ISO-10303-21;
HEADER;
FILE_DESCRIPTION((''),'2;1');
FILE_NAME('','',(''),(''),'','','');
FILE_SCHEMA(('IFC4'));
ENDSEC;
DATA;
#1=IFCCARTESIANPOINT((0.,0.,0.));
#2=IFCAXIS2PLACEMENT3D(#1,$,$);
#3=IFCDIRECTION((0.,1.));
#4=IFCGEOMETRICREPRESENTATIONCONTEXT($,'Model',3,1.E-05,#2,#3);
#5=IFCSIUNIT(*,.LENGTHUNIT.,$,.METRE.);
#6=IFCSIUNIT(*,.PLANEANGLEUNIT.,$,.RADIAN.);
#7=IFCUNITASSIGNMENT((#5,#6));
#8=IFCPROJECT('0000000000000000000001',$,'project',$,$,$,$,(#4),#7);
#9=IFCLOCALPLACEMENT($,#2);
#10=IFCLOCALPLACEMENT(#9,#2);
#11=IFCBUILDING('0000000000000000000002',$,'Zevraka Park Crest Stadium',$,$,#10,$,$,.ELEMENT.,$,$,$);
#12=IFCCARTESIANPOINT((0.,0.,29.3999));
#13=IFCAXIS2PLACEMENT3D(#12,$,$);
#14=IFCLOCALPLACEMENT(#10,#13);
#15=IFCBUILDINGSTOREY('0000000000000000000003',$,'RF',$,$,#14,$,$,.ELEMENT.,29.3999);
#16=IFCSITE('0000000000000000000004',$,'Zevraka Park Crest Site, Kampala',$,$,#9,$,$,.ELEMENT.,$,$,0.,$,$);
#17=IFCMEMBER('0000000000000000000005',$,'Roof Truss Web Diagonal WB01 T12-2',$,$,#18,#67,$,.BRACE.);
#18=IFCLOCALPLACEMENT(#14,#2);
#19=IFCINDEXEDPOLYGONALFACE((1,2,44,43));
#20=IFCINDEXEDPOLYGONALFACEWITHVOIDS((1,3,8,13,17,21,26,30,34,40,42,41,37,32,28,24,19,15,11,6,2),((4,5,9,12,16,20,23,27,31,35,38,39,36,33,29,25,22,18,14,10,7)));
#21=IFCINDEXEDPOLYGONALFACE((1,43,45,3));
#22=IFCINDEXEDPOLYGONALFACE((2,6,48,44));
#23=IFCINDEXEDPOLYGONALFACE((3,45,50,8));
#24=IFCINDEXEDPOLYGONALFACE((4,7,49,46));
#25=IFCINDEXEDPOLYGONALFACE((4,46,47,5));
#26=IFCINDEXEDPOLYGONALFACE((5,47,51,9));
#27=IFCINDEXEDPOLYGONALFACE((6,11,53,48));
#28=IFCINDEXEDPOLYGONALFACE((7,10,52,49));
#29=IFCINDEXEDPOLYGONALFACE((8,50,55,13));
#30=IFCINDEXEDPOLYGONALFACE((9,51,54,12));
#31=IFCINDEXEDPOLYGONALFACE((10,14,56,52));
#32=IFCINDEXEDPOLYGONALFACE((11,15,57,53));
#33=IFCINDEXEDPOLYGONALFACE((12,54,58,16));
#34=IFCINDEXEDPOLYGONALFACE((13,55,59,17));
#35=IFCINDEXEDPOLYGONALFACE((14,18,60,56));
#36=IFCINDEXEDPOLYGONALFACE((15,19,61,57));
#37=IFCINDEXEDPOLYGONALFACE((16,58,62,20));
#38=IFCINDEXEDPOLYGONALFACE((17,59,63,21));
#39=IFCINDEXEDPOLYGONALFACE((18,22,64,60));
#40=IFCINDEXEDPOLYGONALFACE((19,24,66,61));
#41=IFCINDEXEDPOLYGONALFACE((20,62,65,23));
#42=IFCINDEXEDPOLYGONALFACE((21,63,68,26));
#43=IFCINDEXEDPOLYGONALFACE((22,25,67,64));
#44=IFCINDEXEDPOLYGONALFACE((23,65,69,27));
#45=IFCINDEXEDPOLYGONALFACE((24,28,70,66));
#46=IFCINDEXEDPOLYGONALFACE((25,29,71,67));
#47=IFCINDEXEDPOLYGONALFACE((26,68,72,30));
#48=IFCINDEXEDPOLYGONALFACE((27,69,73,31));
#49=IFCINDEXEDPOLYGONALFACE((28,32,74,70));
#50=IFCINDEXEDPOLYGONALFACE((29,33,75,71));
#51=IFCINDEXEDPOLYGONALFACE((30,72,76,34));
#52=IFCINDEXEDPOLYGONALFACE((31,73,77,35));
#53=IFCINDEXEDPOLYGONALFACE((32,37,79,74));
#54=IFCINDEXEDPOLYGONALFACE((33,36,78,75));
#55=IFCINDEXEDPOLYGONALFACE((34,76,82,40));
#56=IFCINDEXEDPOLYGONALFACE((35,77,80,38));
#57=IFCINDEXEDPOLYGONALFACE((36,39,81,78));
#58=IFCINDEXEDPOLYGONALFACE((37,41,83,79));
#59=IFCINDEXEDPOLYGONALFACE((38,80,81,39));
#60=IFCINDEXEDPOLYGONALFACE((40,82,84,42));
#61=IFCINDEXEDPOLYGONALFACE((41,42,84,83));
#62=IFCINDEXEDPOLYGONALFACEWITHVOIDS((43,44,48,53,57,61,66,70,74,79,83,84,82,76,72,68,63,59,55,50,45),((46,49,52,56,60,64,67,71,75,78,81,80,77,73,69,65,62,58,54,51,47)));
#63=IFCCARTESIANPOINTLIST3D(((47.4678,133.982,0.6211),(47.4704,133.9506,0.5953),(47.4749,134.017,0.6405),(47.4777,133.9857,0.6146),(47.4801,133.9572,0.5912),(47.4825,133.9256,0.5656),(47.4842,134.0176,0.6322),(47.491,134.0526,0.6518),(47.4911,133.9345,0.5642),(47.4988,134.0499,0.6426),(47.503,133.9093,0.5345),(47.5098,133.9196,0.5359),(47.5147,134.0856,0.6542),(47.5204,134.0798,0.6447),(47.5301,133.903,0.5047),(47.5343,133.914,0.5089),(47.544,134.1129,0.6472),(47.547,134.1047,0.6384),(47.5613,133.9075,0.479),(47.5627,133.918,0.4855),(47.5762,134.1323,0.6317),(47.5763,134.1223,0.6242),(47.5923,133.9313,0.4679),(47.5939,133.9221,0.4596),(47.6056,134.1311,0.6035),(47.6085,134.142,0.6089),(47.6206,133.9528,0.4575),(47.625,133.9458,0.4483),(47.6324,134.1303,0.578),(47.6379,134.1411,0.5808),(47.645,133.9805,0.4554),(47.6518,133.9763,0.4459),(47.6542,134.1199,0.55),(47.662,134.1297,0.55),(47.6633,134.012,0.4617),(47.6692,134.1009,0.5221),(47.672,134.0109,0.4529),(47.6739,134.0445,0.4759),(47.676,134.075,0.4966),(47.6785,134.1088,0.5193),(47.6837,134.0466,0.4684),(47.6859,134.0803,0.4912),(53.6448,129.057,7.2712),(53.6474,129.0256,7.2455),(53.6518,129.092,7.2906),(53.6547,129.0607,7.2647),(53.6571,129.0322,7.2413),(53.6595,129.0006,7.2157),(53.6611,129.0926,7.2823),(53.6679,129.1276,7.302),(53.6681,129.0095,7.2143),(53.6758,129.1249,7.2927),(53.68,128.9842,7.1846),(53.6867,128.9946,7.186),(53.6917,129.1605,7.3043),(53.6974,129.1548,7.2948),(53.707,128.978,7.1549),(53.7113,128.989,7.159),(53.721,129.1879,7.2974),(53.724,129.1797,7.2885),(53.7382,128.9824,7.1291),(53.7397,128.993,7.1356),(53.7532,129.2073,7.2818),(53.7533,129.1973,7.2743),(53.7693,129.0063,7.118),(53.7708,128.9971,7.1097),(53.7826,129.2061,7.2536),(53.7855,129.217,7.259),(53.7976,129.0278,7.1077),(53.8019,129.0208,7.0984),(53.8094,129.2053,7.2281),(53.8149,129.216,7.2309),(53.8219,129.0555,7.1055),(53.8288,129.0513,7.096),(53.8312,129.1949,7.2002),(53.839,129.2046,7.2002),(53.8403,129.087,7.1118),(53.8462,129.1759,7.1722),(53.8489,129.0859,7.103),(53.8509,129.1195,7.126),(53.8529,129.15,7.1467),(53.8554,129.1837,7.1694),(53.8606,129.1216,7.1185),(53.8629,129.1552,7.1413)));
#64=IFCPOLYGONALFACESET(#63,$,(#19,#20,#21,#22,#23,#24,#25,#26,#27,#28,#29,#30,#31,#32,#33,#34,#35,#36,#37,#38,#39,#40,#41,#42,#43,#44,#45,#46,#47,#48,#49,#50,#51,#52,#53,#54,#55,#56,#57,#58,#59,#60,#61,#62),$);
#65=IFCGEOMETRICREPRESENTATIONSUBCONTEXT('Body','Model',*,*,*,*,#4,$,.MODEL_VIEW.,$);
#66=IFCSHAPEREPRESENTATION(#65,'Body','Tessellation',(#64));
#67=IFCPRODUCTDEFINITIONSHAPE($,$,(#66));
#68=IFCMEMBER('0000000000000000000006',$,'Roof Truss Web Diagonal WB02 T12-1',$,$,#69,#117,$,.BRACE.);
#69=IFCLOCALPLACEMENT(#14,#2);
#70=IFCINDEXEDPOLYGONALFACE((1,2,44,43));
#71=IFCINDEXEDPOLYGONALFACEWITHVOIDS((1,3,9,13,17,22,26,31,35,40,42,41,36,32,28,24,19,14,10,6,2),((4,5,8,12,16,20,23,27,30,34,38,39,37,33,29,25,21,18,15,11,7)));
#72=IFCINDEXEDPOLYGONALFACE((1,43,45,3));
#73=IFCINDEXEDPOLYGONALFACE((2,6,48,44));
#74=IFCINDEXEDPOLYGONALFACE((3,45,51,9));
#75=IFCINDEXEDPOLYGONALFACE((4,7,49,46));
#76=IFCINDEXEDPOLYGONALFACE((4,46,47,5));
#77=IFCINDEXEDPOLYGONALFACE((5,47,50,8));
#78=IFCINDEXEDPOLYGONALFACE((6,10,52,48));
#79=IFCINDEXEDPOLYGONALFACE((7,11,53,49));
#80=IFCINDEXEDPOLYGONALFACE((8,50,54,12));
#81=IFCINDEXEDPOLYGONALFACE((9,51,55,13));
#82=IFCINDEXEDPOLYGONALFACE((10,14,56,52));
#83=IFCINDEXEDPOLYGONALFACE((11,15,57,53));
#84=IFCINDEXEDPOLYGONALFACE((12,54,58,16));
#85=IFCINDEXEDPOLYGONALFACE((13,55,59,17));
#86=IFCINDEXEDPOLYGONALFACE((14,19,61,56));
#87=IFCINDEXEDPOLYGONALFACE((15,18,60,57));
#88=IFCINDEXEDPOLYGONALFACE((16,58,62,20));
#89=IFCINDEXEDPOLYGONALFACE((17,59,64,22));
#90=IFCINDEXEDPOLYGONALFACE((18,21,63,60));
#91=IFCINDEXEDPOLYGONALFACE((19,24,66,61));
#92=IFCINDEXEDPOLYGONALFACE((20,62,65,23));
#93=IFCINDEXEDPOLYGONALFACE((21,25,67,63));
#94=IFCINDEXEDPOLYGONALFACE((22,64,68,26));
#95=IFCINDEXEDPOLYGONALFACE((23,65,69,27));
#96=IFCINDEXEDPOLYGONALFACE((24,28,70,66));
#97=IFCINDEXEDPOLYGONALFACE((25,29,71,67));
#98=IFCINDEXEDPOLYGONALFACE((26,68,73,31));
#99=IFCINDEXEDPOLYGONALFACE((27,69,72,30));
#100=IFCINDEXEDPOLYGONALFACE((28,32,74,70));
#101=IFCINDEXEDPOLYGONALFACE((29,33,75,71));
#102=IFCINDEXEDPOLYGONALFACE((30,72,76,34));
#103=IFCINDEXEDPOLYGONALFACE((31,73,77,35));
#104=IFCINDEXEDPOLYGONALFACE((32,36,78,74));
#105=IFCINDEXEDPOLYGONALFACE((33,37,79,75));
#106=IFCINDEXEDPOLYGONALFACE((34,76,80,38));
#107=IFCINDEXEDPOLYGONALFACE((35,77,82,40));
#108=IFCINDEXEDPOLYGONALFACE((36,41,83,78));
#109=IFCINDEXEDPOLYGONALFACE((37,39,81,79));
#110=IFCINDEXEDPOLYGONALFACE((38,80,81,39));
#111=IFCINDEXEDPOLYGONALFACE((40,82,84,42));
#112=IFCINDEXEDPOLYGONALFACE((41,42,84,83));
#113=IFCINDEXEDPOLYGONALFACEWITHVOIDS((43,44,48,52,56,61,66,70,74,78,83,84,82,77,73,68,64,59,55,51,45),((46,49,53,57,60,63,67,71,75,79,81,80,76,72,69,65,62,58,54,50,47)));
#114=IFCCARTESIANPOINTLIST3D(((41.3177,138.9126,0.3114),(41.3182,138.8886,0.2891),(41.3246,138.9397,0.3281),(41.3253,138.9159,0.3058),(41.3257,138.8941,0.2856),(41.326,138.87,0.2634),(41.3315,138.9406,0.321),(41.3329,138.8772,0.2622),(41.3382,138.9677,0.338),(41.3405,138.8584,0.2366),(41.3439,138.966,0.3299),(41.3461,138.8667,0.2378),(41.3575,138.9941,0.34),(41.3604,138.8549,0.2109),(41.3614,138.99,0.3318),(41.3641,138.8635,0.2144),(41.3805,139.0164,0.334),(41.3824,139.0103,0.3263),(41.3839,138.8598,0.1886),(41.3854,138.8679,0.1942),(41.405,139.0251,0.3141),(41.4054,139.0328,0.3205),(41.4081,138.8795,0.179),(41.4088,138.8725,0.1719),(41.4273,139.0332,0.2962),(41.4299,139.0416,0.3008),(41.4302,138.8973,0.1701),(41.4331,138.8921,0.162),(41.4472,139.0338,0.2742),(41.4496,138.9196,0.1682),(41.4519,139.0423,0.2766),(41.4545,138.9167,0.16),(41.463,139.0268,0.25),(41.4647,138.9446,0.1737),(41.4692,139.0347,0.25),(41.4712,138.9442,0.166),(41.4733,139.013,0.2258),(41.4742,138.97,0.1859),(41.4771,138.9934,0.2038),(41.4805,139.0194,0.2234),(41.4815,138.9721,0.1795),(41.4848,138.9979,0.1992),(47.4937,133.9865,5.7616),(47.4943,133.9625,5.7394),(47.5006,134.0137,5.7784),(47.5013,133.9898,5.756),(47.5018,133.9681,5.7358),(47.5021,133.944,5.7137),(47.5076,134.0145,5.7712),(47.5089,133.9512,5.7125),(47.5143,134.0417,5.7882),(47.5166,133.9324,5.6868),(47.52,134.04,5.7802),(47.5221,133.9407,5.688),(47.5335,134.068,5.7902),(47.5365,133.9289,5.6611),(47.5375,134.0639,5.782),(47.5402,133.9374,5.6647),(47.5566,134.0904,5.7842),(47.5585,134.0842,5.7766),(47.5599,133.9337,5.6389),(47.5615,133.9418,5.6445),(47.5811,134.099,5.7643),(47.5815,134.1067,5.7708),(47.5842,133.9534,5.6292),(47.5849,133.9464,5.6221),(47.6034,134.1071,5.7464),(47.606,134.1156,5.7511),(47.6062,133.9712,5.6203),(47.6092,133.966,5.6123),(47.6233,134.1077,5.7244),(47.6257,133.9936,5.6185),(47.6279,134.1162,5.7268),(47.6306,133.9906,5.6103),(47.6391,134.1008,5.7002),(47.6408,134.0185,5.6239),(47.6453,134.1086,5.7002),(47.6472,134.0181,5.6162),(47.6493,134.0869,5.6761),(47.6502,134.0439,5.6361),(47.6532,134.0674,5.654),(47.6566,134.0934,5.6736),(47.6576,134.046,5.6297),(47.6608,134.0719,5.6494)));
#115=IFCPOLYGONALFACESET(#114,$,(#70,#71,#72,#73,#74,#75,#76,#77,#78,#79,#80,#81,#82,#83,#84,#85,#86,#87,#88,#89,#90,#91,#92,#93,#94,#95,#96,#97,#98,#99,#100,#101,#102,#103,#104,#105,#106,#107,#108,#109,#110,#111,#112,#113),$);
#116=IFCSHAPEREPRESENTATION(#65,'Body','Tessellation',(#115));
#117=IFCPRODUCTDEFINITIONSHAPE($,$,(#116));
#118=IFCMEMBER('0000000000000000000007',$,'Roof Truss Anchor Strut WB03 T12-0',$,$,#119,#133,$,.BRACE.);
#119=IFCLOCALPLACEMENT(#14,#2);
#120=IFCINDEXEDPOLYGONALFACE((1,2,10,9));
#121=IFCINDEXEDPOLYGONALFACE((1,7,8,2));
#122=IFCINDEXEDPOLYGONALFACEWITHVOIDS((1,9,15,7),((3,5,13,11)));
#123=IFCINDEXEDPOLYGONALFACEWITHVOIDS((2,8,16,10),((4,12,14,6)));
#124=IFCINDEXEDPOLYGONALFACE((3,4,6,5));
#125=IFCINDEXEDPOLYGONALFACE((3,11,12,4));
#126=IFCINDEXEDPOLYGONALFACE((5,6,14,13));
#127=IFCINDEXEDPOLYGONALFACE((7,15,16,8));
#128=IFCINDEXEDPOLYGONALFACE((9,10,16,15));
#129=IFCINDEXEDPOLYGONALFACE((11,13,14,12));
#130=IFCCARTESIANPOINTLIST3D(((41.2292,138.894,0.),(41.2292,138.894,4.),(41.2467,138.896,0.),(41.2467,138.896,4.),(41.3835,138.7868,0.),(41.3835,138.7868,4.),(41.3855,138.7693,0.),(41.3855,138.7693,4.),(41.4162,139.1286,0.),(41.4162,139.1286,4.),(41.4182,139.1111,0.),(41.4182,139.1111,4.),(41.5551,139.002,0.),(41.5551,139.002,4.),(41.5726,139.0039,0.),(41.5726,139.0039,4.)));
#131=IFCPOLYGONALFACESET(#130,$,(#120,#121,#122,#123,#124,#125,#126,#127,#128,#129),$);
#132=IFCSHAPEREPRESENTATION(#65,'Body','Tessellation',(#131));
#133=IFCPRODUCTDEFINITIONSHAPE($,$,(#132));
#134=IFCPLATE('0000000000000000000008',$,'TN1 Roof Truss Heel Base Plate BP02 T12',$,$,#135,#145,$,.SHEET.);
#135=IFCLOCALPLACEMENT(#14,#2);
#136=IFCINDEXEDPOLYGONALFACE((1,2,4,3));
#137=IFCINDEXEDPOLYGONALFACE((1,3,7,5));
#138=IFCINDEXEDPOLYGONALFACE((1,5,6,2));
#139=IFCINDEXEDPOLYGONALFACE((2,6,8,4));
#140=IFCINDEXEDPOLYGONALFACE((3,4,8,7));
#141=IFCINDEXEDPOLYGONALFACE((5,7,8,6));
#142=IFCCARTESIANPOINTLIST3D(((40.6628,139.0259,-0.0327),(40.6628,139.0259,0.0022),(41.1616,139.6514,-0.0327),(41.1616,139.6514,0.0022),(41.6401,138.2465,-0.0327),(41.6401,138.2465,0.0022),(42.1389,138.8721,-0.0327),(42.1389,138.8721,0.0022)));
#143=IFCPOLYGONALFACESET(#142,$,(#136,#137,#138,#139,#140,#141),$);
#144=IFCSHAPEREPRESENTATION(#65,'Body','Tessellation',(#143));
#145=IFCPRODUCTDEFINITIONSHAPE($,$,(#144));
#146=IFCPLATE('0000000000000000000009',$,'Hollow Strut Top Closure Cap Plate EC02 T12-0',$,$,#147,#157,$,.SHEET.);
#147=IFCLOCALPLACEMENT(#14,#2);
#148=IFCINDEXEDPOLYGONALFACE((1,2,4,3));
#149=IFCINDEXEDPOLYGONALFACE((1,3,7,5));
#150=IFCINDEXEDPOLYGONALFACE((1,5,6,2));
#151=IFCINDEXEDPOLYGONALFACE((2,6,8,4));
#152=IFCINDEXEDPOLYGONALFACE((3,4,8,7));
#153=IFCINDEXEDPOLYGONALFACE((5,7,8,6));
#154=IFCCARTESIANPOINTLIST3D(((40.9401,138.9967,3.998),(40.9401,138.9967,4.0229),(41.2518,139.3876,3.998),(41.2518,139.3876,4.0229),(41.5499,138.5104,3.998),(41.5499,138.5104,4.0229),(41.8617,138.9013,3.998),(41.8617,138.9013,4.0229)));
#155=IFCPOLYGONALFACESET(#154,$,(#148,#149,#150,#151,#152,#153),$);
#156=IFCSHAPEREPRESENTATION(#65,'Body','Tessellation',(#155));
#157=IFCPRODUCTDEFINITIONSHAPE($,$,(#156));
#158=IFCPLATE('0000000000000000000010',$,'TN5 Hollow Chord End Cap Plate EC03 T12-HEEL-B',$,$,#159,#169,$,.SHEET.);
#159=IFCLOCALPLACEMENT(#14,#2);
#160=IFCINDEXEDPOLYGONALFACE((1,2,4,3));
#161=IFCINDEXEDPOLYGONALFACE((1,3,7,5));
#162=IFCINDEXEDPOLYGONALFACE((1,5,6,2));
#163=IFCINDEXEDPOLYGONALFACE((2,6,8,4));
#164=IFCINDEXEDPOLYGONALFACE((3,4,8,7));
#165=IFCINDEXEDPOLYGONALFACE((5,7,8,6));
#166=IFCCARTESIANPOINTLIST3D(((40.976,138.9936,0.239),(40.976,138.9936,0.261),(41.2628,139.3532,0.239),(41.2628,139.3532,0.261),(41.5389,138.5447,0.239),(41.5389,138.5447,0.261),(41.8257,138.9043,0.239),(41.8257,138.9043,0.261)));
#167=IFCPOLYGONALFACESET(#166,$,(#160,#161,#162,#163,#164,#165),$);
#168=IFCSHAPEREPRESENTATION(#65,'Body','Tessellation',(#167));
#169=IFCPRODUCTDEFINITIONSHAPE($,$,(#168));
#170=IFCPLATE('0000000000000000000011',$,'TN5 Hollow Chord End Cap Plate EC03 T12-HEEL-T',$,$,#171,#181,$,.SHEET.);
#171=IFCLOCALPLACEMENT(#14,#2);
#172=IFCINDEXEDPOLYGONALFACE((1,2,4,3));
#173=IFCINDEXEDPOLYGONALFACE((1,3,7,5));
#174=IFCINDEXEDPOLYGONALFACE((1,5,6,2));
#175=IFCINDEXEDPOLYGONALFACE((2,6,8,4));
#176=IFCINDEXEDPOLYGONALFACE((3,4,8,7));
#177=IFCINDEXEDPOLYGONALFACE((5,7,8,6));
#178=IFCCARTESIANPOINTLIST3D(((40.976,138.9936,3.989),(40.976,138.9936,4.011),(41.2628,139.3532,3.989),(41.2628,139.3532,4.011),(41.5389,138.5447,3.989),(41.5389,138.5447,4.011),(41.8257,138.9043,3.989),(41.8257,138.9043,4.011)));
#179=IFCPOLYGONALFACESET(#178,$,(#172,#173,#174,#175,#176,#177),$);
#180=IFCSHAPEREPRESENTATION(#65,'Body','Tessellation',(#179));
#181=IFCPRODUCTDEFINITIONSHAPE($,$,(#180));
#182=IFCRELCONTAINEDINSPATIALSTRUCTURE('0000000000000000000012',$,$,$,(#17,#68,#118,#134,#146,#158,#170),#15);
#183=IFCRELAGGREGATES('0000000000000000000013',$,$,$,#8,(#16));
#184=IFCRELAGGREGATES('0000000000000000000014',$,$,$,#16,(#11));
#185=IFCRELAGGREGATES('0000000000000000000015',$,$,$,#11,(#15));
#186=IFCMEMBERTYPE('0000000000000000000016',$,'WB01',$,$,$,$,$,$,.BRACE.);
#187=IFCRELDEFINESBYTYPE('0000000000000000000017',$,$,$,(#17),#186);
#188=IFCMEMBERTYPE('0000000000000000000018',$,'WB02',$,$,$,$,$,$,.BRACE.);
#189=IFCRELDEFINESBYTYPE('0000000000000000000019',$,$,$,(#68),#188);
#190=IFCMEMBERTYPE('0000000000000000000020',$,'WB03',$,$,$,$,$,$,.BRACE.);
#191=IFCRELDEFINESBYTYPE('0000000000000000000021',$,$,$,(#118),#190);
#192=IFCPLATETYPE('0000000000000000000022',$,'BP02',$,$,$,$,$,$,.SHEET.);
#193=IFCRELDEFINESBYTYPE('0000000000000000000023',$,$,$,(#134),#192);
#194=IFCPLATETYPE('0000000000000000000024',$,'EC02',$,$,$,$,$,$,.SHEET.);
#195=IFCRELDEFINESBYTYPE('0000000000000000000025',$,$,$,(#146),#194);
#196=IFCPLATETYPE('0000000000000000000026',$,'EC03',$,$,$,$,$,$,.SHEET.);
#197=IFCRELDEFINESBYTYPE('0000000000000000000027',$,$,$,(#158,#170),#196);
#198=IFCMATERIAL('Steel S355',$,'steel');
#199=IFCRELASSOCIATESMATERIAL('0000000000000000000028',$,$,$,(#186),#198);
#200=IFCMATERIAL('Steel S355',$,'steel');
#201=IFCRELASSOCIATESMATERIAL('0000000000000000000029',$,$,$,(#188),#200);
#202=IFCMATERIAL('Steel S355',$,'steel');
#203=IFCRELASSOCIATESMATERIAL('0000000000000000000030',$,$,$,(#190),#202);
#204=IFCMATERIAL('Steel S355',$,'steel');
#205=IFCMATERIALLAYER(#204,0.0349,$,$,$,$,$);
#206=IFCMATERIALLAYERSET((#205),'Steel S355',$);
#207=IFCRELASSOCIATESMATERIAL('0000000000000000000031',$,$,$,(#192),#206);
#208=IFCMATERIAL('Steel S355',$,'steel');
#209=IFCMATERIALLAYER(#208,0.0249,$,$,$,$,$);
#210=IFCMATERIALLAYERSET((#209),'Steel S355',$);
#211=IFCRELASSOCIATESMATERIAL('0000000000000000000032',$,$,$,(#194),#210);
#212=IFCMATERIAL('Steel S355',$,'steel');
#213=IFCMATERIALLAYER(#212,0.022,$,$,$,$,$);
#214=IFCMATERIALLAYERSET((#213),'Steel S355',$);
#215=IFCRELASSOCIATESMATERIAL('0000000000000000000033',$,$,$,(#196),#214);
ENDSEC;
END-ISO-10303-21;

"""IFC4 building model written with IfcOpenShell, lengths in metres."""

from ifc_helpers import new_model, si_unit, direction, frame, origin, origin_2d, place, context, subcontext, project, spatial, rectangle, hollow_rectangle, hollow_circle, extrude, material, layer, layer_set, material_profile, profile_set, type_object, element, save


model = new_model("IFC4")

# Units and contexts
model_context = context("Model", 3, precision=1e-05, world=origin(), true_north=direction((0.0, 1.0)))
body_context = subcontext(model_context, "Body", "Model", "MODEL_VIEW")
ifc_project = project(units=[si_unit("LENGTHUNIT", "METRE"), si_unit("PLANEANGLEUNIT", "RADIAN")], contexts=[model_context])

# Site, building, storey
site_placement = place(None, origin())
site = spatial("IfcSite", under=ifc_project, at=site_placement, Name="Zevraka Park Crest Site, Kampala", CompositionType="ELEMENT", RefElevation=0.0)
building_placement = place(site_placement, origin())
building = spatial("IfcBuilding", under=site, at=building_placement, Name="Zevraka Park Crest Stadium", CompositionType="ELEMENT")
storey_placement = place(building_placement, frame((0.0, 0.0, 29.3999)))
storey = spatial("IfcBuildingStorey", under=building, at=storey_placement, Name="RF", CompositionType="ELEMENT", Elevation=29.3999)

# Members
ifc_material_1 = material(Name="Steel S355", Category="steel")
ifc_material_profile_1 = material_profile(ifc_material_1, hollow_circle(Radius=0.1365, WallThickness=0.0125, at=origin_2d()), Name="CHS 273.0x12.5")
ifc_profile_set_1 = profile_set([ifc_material_profile_1], Name="Steel S355")
member_type_1 = type_object("IfcMemberType", Name="WB01", PredefinedType="BRACE", material=ifc_profile_set_1)
member_1_placement = place(storey_placement, frame((47.5769, 134.0229, 0.55), z_axis=(0.598172, -0.476935, 0.643991), x_axis=(0.623417, 0.78189, 0.0)))
element("IfcMember", 1, at=member_1_placement, inside=storey, type_object=member_type_1, Name="Roof Truss Web Diagonal WB01 T12-2", PredefinedType="BRACE", context=body_context, shape_type="SweptSolid", body=[
    extrude(hollow_circle(Radius=0.1365, WallThickness=0.0125, at=origin_2d()), origin(), (0.0, 0.0, 1.0), 10.3264),
])
ifc_material_2 = material(Name="Steel S355", Category="steel")
ifc_material_profile_2 = material_profile(ifc_material_2, hollow_circle(Radius=0.1096, WallThickness=0.01, at=origin_2d()), Name="CHS 219.1x10")
ifc_profile_set_2 = profile_set([ifc_material_profile_2], Name="Steel S355")
member_type_2 = type_object("IfcMemberType", Name="WB02", PredefinedType="BRACE", material=ifc_profile_set_2)
member_2_placement = place(storey_placement, frame((41.4009, 138.949, 0.25), z_axis=(0.643498, -0.513257, 0.567872), x_axis=(0.623552, 0.781782, 0.0)))
element("IfcMember", 2, at=member_2_placement, inside=storey, type_object=member_type_2, Name="Roof Truss Web Diagonal WB02 T12-1", PredefinedType="BRACE", context=body_context, shape_type="SweptSolid", body=[
    extrude(hollow_circle(Radius=0.1096, WallThickness=0.01, at=origin_2d()), origin(), (0.0, 0.0, 1.0), 9.5977),
])
ifc_material_3 = material(Name="Steel S355", Category="steel")
ifc_material_profile_3 = material_profile(ifc_material_3, hollow_rectangle(XDim=0.2, YDim=0.3, WallThickness=0.0125, at=origin_2d()), Name="RHS 300x200x12.5")
ifc_profile_set_3 = profile_set([ifc_material_profile_3], Name="Steel S355")
member_type_3 = type_object("IfcMemberType", Name="WB03", PredefinedType="BRACE", material=ifc_profile_set_3)
member_3_placement = place(storey_placement, frame((41.4009, 138.949, 0.0), z_axis=(0.0, 0.0, 1.0), x_axis=(-0.781847, 0.62347, 0.0)))
element("IfcMember", 3, at=member_3_placement, inside=storey, type_object=member_type_3, Name="Roof Truss Anchor Strut WB03 T12-0", PredefinedType="BRACE", context=body_context, shape_type="SweptSolid", body=[
    extrude(hollow_rectangle(XDim=0.2, YDim=0.3, WallThickness=0.0125, at=origin_2d()), origin(), (0.0, 0.0, 1.0), 4.0),
])

# Plates
ifc_material_4 = material(Name="Steel S355", Category="steel")
ifc_layer_1 = layer(ifc_material_4, 0.0349)
ifc_layer_set_1 = layer_set([ifc_layer_1], Name="Steel S355")
plate_type_1 = type_object("IfcPlateType", Name="BP02", PredefinedType="SHEET", material=ifc_layer_set_1)
plate_1_placement = place(storey_placement, frame((41.4009, 138.949, -0.0327), z_axis=(0.0, 0.0, 1.0), x_axis=(-0.781847, 0.62347, 0.0)))
element("IfcPlate", 4, at=plate_1_placement, inside=storey, type_object=plate_type_1, Name="TN1 Roof Truss Heel Base Plate BP02 T12", PredefinedType="SHEET", context=body_context, shape_type="SweptSolid", body=[
    extrude(rectangle(XDim=1.25, YDim=0.8, at=origin_2d()), origin(), (0.0, 0.0, 1.0), 0.0349),
])
ifc_material_5 = material(Name="Steel S355", Category="steel")
ifc_layer_2 = layer(ifc_material_5, 0.0249)
ifc_layer_set_2 = layer_set([ifc_layer_2], Name="Steel S355")
plate_type_2 = type_object("IfcPlateType", Name="EC02", PredefinedType="SHEET", material=ifc_layer_set_2)
plate_2_placement = place(storey_placement, frame((41.4009, 138.949, 3.998), z_axis=(0.0, 0.0, 1.0), x_axis=(-0.781847, 0.62347, 0.0)))
element("IfcPlate", 5, at=plate_2_placement, inside=storey, type_object=plate_type_2, Name="Hollow Strut Top Closure Cap Plate EC02 T12-0", PredefinedType="SHEET", context=body_context, shape_type="SweptSolid", body=[
    extrude(rectangle(XDim=0.78, YDim=0.5, at=origin_2d()), origin(), (0.0, 0.0, 1.0), 0.0249),
])
ifc_material_6 = material(Name="Steel S355", Category="steel")
ifc_layer_3 = layer(ifc_material_6, 0.022)
ifc_layer_set_3 = layer_set([ifc_layer_3], Name="Steel S355")
plate_type_3 = type_object("IfcPlateType", Name="EC03", PredefinedType="SHEET", material=ifc_layer_set_3)
for number, where, z_axis, x_axis, name in (
    (6, (41.4009, 138.949, 0.239), (0.0, 0.0, 1.0), (-0.781847, 0.62347, 0.0), "TN5 Hollow Chord End Cap Plate EC03 T12-HEEL-B"),
    (7, (41.4009, 138.949, 3.989), (0.0, 0.0, 1.0), (-0.781847, 0.62347, 0.0), "TN5 Hollow Chord End Cap Plate EC03 T12-HEEL-T"),
):
    element("IfcPlate", number, at=place(storey_placement, frame(where, z_axis=z_axis, x_axis=x_axis)), inside=storey, type_object=plate_type_3, Name=name, PredefinedType="SHEET", context=body_context, shape_type="SweptSolid", body=[
        extrude(rectangle(XDim=0.72, YDim=0.46, at=origin_2d()), origin(), (0.0, 0.0, 1.0), 0.022),
    ])

save(model, "model.ifc")
